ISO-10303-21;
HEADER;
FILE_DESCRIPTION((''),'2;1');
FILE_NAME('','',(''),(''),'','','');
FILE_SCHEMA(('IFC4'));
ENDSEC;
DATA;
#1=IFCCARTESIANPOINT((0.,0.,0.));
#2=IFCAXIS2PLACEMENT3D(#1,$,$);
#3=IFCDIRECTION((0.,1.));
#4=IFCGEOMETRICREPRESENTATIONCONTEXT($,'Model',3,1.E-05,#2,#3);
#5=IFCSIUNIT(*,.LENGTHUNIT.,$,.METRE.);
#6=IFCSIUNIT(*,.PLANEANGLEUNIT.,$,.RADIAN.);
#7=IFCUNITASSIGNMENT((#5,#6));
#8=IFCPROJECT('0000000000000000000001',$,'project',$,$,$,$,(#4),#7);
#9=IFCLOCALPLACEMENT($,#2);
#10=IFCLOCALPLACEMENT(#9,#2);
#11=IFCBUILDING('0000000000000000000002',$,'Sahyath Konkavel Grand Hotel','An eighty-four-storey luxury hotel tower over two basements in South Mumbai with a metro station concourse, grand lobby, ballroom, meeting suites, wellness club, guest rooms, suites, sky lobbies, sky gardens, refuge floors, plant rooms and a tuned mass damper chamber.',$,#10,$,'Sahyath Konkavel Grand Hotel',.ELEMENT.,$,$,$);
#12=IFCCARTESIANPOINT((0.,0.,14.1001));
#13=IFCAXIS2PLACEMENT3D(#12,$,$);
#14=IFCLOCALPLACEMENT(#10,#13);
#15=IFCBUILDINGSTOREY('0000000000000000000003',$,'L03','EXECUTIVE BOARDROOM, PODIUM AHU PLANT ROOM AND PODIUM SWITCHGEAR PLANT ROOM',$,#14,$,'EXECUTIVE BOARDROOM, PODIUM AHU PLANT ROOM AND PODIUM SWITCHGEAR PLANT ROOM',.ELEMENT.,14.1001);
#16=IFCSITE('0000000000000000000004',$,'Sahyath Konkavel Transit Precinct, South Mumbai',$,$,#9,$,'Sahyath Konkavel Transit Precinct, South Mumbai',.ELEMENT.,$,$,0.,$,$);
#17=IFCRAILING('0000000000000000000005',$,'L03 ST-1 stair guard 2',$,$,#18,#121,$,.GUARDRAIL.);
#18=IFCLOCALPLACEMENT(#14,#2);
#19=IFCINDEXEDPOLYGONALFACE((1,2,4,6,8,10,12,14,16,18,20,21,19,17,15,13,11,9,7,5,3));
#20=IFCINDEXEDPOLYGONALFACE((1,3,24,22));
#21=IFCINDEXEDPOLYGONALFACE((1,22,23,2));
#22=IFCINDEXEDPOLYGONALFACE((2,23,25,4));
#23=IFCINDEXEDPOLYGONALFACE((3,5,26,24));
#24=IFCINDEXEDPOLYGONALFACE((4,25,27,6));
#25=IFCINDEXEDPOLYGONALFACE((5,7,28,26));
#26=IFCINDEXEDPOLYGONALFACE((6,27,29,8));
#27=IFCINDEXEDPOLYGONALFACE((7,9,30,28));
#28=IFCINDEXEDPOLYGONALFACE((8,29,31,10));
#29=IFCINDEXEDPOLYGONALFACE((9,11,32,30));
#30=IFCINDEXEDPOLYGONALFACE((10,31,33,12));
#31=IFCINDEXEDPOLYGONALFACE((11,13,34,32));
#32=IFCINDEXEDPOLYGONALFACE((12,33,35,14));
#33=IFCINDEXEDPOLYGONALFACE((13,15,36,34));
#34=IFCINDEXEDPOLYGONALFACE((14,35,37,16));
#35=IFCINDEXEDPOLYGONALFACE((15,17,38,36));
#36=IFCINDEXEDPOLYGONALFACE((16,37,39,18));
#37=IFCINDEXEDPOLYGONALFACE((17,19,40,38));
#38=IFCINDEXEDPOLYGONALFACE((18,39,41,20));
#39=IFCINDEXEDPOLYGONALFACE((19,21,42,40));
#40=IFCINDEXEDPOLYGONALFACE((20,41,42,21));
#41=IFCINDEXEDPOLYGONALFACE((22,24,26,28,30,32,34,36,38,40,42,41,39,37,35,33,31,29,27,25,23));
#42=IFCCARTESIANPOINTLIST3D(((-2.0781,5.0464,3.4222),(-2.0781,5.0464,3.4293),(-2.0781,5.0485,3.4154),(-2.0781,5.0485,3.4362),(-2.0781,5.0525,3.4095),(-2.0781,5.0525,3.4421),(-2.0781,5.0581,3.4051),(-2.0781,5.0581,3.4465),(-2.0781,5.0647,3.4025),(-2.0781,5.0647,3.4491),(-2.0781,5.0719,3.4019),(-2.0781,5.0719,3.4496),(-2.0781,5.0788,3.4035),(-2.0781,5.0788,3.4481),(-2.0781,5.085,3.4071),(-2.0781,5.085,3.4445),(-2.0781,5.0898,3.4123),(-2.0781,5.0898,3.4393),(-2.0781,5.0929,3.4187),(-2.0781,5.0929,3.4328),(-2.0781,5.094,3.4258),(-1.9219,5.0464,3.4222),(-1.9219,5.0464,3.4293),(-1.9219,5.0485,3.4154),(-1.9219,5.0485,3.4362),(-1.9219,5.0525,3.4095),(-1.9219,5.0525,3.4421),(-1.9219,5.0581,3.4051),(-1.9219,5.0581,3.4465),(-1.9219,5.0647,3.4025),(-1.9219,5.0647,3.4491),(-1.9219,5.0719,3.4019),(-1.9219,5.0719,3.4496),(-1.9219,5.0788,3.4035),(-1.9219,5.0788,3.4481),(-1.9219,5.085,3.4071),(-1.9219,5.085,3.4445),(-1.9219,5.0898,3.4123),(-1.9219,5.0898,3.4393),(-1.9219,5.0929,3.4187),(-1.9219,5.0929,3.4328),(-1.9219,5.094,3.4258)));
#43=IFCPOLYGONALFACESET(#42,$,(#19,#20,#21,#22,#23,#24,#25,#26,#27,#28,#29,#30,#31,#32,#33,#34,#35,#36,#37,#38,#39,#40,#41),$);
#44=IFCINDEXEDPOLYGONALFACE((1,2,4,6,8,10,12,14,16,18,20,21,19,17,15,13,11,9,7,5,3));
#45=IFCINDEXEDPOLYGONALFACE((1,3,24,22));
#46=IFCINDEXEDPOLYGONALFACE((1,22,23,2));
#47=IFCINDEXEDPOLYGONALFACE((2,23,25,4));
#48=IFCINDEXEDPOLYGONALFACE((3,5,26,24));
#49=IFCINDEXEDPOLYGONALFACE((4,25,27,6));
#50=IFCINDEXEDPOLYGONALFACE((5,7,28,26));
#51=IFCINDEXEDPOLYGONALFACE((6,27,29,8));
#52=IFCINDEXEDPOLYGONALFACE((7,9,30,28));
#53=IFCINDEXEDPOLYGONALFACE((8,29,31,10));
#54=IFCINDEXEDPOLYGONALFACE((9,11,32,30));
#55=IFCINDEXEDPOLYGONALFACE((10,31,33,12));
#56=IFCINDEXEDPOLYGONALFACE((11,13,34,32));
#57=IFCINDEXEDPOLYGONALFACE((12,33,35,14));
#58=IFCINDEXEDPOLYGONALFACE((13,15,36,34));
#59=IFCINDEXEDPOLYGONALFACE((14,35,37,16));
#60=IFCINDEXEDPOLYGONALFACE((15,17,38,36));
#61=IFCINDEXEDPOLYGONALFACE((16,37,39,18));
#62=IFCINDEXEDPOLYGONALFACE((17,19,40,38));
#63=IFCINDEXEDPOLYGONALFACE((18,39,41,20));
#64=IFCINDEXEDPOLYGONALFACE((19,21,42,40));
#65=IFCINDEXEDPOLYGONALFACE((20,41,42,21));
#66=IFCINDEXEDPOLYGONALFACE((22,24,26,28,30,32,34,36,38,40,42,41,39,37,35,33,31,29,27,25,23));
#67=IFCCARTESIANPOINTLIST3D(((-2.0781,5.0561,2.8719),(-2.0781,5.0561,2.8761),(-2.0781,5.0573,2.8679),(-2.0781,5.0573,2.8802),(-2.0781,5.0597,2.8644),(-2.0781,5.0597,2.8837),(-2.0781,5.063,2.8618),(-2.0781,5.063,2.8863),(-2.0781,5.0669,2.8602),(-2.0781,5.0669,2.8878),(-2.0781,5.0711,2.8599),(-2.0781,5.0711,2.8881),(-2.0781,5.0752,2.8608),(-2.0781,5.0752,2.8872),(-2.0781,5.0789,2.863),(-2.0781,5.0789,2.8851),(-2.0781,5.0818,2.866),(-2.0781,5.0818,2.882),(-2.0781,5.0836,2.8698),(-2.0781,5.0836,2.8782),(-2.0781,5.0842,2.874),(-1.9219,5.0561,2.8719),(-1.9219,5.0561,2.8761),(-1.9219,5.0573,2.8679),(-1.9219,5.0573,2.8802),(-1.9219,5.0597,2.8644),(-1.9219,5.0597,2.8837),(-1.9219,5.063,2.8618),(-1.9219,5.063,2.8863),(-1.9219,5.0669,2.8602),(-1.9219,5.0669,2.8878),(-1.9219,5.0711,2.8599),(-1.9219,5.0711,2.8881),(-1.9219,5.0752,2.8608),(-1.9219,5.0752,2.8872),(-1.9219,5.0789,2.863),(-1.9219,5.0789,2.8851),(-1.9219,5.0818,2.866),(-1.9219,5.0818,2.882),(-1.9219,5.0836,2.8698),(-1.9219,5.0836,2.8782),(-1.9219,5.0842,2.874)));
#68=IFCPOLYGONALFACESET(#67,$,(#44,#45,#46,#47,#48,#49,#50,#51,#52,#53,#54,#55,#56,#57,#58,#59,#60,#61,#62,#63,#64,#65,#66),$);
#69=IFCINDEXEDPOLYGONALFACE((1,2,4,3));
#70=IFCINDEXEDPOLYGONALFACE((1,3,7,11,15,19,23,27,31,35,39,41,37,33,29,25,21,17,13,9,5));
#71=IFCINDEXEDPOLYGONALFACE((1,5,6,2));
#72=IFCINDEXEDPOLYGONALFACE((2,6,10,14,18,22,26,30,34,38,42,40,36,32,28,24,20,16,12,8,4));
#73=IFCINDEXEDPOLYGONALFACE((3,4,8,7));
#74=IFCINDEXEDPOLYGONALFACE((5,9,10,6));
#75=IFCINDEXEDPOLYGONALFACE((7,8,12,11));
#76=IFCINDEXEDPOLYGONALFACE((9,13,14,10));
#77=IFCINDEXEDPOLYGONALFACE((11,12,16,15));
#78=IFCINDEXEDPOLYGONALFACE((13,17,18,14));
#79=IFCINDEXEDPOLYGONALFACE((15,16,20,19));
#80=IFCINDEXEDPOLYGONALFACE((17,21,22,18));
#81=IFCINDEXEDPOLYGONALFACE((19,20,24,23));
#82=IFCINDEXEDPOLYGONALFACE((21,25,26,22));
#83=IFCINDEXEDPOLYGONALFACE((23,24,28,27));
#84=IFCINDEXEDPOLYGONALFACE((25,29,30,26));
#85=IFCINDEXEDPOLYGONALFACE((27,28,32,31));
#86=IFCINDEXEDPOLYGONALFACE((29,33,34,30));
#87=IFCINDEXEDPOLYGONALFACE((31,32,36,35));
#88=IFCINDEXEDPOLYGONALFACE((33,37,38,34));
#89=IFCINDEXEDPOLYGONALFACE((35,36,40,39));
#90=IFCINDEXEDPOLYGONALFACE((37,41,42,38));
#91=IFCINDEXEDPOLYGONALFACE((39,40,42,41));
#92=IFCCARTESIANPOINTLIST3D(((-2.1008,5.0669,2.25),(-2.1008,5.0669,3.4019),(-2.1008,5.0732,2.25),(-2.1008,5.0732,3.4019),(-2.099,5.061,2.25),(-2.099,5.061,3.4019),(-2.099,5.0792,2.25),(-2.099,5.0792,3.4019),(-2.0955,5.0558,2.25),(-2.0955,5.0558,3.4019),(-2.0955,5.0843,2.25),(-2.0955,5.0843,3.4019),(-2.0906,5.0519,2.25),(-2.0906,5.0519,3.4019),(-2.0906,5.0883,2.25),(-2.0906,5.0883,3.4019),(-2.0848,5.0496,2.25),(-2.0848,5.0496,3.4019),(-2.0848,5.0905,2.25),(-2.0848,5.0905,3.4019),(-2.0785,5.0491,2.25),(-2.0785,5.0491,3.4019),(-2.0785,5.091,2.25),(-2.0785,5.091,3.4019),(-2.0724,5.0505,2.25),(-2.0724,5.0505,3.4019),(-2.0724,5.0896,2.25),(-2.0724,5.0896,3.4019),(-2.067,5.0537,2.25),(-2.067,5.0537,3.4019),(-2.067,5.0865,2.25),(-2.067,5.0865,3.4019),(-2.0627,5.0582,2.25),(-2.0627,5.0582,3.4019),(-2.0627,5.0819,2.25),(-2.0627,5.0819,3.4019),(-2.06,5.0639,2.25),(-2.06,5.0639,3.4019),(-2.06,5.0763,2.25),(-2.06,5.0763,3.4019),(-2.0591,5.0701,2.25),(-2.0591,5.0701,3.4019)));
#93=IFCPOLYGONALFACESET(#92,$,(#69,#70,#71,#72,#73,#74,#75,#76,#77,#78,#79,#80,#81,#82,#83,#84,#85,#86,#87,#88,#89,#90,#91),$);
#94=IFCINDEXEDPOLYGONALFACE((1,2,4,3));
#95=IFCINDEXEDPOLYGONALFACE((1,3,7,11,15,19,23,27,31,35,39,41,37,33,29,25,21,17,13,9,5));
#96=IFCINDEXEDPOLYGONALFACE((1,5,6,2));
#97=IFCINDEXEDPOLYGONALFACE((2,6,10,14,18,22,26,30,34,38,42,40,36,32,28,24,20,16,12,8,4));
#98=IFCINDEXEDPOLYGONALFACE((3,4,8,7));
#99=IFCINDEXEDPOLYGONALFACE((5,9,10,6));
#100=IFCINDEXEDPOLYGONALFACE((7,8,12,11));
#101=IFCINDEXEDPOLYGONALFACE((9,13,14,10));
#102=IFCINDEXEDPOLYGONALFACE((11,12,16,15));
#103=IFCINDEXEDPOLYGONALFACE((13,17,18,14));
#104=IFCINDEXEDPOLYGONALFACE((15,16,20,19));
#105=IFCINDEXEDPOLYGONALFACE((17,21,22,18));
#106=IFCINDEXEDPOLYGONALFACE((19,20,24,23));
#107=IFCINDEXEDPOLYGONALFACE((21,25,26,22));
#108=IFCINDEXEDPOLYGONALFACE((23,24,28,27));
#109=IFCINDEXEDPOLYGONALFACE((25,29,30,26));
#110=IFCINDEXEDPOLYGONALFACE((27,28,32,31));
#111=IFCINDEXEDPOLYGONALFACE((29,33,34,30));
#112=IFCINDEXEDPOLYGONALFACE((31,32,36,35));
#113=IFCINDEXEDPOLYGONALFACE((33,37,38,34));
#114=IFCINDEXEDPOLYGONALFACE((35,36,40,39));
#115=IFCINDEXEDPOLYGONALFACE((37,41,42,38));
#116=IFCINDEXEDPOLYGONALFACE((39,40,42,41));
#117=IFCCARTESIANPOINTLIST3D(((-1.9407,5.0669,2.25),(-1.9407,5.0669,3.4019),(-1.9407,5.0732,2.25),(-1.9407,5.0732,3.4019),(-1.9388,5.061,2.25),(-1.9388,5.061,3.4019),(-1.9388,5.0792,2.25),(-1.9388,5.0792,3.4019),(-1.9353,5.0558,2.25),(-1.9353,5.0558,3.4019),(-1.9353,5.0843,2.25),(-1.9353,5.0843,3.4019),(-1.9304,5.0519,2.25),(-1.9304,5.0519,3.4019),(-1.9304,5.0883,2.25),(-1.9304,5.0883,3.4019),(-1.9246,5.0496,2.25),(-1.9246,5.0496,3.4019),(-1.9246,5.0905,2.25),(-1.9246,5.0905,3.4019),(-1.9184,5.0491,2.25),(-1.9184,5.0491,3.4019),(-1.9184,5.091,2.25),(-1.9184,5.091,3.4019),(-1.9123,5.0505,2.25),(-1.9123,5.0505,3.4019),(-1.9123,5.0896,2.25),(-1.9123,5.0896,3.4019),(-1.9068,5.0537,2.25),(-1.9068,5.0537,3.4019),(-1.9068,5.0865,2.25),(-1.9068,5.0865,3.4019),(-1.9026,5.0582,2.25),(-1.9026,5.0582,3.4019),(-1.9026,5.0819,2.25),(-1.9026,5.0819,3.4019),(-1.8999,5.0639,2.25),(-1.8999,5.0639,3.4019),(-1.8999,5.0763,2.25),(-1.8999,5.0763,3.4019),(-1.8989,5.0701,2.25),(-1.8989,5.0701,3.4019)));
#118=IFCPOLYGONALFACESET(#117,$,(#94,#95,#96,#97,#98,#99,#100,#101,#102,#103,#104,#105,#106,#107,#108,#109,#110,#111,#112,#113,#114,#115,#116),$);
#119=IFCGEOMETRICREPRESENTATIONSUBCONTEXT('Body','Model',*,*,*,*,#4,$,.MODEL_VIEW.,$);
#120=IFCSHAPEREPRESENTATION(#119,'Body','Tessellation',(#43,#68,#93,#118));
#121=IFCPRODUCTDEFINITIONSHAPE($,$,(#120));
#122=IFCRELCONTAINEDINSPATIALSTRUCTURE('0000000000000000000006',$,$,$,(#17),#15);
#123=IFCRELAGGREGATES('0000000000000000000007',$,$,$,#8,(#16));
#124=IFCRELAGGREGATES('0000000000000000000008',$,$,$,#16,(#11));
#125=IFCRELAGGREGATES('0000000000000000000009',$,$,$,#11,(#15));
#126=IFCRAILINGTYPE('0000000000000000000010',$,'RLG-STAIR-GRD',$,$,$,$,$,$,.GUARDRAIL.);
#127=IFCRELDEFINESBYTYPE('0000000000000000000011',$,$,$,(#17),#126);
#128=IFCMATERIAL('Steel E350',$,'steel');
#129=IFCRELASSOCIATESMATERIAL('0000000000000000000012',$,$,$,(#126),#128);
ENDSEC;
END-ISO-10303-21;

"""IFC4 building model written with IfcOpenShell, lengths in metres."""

from ifc_helpers import new_model, si_unit, direction, frame, origin, origin_2d, place, context, subcontext, project, spatial, circle, extrude, material, type_object, element, save


model = new_model("IFC4")

# Units and contexts
model_context = context("Model", 3, precision=1e-05, world=origin(), true_north=direction((0.0, 1.0)))
body_context = subcontext(model_context, "Body", "Model", "MODEL_VIEW")
ifc_project = project(units=[si_unit("LENGTHUNIT", "METRE"), si_unit("PLANEANGLEUNIT", "RADIAN")], contexts=[model_context])

# Site, building, storey
site_placement = place(None, origin())
site = spatial("IfcSite", under=ifc_project, at=site_placement, Name="Sahyath Konkavel Transit Precinct, South Mumbai", LongName="Sahyath Konkavel Transit Precinct, South Mumbai", CompositionType="ELEMENT", RefElevation=0.0)
building_placement = place(site_placement, origin())
building = spatial("IfcBuilding", under=site, at=building_placement, Name="Sahyath Konkavel Grand Hotel", Description="An eighty-four-storey luxury hotel tower over two basements in South Mumbai with a metro station concourse, grand lobby, ballroom, meeting suites, wellness club, guest rooms, suites, sky lobbies, sky gardens, refuge floors, plant rooms and a tuned mass damper chamber.", LongName="Sahyath Konkavel Grand Hotel", CompositionType="ELEMENT")
storey_placement = place(building_placement, frame((0.0, 0.0, 14.1001)))
storey = spatial("IfcBuildingStorey", under=building, at=storey_placement, Name="L03", Description="EXECUTIVE BOARDROOM, PODIUM AHU PLANT ROOM AND PODIUM SWITCHGEAR PLANT ROOM", LongName="EXECUTIVE BOARDROOM, PODIUM AHU PLANT ROOM AND PODIUM SWITCHGEAR PLANT ROOM", CompositionType="ELEMENT", Elevation=14.1001)

# Shared definitions
ifc_material_1 = material(Name="Steel E350", Category="steel")

# Railing
railing_type_1 = type_object("IfcRailingType", Name="RLG-STAIR-GRD", PredefinedType="GUARDRAIL", material=ifc_material_1)
railing_1_placement = place(storey_placement, frame((-2.0801, 5.0701, 2.25)))
element("IfcRailing", 1, at=railing_1_placement, inside=storey, type_object=railing_type_1, Name="L03 ST-1 stair guard 2", PredefinedType="GUARDRAIL", context=body_context, shape_type="SweptSolid", body=[
    extrude(circle(Radius=0.0239, at=origin_2d()), frame((0.002, 0.0, 1.1758), z_axis=(1.0, 0.0, 0.0), x_axis=(0.0, 1.0, 0.0)), (0.0, 0.0, 1.0), 0.1562),
    extrude(circle(Radius=0.0142, at=origin_2d()), frame((0.002, 0.0, 0.624), z_axis=(1.0, 0.0, 0.0), x_axis=(0.0, 1.0, 0.0)), (0.0, 0.0, 1.0), 0.1562),
    extrude(circle(Radius=0.021, at=origin_2d()), origin(), (0.0, 0.0, 1.0), 1.1519),
    extrude(circle(Radius=0.021, at=origin_2d()), frame((0.1602, 0.0, 0.0)), (0.0, 0.0, 1.0), 1.1519),
])

save(model, "model.ifc")
